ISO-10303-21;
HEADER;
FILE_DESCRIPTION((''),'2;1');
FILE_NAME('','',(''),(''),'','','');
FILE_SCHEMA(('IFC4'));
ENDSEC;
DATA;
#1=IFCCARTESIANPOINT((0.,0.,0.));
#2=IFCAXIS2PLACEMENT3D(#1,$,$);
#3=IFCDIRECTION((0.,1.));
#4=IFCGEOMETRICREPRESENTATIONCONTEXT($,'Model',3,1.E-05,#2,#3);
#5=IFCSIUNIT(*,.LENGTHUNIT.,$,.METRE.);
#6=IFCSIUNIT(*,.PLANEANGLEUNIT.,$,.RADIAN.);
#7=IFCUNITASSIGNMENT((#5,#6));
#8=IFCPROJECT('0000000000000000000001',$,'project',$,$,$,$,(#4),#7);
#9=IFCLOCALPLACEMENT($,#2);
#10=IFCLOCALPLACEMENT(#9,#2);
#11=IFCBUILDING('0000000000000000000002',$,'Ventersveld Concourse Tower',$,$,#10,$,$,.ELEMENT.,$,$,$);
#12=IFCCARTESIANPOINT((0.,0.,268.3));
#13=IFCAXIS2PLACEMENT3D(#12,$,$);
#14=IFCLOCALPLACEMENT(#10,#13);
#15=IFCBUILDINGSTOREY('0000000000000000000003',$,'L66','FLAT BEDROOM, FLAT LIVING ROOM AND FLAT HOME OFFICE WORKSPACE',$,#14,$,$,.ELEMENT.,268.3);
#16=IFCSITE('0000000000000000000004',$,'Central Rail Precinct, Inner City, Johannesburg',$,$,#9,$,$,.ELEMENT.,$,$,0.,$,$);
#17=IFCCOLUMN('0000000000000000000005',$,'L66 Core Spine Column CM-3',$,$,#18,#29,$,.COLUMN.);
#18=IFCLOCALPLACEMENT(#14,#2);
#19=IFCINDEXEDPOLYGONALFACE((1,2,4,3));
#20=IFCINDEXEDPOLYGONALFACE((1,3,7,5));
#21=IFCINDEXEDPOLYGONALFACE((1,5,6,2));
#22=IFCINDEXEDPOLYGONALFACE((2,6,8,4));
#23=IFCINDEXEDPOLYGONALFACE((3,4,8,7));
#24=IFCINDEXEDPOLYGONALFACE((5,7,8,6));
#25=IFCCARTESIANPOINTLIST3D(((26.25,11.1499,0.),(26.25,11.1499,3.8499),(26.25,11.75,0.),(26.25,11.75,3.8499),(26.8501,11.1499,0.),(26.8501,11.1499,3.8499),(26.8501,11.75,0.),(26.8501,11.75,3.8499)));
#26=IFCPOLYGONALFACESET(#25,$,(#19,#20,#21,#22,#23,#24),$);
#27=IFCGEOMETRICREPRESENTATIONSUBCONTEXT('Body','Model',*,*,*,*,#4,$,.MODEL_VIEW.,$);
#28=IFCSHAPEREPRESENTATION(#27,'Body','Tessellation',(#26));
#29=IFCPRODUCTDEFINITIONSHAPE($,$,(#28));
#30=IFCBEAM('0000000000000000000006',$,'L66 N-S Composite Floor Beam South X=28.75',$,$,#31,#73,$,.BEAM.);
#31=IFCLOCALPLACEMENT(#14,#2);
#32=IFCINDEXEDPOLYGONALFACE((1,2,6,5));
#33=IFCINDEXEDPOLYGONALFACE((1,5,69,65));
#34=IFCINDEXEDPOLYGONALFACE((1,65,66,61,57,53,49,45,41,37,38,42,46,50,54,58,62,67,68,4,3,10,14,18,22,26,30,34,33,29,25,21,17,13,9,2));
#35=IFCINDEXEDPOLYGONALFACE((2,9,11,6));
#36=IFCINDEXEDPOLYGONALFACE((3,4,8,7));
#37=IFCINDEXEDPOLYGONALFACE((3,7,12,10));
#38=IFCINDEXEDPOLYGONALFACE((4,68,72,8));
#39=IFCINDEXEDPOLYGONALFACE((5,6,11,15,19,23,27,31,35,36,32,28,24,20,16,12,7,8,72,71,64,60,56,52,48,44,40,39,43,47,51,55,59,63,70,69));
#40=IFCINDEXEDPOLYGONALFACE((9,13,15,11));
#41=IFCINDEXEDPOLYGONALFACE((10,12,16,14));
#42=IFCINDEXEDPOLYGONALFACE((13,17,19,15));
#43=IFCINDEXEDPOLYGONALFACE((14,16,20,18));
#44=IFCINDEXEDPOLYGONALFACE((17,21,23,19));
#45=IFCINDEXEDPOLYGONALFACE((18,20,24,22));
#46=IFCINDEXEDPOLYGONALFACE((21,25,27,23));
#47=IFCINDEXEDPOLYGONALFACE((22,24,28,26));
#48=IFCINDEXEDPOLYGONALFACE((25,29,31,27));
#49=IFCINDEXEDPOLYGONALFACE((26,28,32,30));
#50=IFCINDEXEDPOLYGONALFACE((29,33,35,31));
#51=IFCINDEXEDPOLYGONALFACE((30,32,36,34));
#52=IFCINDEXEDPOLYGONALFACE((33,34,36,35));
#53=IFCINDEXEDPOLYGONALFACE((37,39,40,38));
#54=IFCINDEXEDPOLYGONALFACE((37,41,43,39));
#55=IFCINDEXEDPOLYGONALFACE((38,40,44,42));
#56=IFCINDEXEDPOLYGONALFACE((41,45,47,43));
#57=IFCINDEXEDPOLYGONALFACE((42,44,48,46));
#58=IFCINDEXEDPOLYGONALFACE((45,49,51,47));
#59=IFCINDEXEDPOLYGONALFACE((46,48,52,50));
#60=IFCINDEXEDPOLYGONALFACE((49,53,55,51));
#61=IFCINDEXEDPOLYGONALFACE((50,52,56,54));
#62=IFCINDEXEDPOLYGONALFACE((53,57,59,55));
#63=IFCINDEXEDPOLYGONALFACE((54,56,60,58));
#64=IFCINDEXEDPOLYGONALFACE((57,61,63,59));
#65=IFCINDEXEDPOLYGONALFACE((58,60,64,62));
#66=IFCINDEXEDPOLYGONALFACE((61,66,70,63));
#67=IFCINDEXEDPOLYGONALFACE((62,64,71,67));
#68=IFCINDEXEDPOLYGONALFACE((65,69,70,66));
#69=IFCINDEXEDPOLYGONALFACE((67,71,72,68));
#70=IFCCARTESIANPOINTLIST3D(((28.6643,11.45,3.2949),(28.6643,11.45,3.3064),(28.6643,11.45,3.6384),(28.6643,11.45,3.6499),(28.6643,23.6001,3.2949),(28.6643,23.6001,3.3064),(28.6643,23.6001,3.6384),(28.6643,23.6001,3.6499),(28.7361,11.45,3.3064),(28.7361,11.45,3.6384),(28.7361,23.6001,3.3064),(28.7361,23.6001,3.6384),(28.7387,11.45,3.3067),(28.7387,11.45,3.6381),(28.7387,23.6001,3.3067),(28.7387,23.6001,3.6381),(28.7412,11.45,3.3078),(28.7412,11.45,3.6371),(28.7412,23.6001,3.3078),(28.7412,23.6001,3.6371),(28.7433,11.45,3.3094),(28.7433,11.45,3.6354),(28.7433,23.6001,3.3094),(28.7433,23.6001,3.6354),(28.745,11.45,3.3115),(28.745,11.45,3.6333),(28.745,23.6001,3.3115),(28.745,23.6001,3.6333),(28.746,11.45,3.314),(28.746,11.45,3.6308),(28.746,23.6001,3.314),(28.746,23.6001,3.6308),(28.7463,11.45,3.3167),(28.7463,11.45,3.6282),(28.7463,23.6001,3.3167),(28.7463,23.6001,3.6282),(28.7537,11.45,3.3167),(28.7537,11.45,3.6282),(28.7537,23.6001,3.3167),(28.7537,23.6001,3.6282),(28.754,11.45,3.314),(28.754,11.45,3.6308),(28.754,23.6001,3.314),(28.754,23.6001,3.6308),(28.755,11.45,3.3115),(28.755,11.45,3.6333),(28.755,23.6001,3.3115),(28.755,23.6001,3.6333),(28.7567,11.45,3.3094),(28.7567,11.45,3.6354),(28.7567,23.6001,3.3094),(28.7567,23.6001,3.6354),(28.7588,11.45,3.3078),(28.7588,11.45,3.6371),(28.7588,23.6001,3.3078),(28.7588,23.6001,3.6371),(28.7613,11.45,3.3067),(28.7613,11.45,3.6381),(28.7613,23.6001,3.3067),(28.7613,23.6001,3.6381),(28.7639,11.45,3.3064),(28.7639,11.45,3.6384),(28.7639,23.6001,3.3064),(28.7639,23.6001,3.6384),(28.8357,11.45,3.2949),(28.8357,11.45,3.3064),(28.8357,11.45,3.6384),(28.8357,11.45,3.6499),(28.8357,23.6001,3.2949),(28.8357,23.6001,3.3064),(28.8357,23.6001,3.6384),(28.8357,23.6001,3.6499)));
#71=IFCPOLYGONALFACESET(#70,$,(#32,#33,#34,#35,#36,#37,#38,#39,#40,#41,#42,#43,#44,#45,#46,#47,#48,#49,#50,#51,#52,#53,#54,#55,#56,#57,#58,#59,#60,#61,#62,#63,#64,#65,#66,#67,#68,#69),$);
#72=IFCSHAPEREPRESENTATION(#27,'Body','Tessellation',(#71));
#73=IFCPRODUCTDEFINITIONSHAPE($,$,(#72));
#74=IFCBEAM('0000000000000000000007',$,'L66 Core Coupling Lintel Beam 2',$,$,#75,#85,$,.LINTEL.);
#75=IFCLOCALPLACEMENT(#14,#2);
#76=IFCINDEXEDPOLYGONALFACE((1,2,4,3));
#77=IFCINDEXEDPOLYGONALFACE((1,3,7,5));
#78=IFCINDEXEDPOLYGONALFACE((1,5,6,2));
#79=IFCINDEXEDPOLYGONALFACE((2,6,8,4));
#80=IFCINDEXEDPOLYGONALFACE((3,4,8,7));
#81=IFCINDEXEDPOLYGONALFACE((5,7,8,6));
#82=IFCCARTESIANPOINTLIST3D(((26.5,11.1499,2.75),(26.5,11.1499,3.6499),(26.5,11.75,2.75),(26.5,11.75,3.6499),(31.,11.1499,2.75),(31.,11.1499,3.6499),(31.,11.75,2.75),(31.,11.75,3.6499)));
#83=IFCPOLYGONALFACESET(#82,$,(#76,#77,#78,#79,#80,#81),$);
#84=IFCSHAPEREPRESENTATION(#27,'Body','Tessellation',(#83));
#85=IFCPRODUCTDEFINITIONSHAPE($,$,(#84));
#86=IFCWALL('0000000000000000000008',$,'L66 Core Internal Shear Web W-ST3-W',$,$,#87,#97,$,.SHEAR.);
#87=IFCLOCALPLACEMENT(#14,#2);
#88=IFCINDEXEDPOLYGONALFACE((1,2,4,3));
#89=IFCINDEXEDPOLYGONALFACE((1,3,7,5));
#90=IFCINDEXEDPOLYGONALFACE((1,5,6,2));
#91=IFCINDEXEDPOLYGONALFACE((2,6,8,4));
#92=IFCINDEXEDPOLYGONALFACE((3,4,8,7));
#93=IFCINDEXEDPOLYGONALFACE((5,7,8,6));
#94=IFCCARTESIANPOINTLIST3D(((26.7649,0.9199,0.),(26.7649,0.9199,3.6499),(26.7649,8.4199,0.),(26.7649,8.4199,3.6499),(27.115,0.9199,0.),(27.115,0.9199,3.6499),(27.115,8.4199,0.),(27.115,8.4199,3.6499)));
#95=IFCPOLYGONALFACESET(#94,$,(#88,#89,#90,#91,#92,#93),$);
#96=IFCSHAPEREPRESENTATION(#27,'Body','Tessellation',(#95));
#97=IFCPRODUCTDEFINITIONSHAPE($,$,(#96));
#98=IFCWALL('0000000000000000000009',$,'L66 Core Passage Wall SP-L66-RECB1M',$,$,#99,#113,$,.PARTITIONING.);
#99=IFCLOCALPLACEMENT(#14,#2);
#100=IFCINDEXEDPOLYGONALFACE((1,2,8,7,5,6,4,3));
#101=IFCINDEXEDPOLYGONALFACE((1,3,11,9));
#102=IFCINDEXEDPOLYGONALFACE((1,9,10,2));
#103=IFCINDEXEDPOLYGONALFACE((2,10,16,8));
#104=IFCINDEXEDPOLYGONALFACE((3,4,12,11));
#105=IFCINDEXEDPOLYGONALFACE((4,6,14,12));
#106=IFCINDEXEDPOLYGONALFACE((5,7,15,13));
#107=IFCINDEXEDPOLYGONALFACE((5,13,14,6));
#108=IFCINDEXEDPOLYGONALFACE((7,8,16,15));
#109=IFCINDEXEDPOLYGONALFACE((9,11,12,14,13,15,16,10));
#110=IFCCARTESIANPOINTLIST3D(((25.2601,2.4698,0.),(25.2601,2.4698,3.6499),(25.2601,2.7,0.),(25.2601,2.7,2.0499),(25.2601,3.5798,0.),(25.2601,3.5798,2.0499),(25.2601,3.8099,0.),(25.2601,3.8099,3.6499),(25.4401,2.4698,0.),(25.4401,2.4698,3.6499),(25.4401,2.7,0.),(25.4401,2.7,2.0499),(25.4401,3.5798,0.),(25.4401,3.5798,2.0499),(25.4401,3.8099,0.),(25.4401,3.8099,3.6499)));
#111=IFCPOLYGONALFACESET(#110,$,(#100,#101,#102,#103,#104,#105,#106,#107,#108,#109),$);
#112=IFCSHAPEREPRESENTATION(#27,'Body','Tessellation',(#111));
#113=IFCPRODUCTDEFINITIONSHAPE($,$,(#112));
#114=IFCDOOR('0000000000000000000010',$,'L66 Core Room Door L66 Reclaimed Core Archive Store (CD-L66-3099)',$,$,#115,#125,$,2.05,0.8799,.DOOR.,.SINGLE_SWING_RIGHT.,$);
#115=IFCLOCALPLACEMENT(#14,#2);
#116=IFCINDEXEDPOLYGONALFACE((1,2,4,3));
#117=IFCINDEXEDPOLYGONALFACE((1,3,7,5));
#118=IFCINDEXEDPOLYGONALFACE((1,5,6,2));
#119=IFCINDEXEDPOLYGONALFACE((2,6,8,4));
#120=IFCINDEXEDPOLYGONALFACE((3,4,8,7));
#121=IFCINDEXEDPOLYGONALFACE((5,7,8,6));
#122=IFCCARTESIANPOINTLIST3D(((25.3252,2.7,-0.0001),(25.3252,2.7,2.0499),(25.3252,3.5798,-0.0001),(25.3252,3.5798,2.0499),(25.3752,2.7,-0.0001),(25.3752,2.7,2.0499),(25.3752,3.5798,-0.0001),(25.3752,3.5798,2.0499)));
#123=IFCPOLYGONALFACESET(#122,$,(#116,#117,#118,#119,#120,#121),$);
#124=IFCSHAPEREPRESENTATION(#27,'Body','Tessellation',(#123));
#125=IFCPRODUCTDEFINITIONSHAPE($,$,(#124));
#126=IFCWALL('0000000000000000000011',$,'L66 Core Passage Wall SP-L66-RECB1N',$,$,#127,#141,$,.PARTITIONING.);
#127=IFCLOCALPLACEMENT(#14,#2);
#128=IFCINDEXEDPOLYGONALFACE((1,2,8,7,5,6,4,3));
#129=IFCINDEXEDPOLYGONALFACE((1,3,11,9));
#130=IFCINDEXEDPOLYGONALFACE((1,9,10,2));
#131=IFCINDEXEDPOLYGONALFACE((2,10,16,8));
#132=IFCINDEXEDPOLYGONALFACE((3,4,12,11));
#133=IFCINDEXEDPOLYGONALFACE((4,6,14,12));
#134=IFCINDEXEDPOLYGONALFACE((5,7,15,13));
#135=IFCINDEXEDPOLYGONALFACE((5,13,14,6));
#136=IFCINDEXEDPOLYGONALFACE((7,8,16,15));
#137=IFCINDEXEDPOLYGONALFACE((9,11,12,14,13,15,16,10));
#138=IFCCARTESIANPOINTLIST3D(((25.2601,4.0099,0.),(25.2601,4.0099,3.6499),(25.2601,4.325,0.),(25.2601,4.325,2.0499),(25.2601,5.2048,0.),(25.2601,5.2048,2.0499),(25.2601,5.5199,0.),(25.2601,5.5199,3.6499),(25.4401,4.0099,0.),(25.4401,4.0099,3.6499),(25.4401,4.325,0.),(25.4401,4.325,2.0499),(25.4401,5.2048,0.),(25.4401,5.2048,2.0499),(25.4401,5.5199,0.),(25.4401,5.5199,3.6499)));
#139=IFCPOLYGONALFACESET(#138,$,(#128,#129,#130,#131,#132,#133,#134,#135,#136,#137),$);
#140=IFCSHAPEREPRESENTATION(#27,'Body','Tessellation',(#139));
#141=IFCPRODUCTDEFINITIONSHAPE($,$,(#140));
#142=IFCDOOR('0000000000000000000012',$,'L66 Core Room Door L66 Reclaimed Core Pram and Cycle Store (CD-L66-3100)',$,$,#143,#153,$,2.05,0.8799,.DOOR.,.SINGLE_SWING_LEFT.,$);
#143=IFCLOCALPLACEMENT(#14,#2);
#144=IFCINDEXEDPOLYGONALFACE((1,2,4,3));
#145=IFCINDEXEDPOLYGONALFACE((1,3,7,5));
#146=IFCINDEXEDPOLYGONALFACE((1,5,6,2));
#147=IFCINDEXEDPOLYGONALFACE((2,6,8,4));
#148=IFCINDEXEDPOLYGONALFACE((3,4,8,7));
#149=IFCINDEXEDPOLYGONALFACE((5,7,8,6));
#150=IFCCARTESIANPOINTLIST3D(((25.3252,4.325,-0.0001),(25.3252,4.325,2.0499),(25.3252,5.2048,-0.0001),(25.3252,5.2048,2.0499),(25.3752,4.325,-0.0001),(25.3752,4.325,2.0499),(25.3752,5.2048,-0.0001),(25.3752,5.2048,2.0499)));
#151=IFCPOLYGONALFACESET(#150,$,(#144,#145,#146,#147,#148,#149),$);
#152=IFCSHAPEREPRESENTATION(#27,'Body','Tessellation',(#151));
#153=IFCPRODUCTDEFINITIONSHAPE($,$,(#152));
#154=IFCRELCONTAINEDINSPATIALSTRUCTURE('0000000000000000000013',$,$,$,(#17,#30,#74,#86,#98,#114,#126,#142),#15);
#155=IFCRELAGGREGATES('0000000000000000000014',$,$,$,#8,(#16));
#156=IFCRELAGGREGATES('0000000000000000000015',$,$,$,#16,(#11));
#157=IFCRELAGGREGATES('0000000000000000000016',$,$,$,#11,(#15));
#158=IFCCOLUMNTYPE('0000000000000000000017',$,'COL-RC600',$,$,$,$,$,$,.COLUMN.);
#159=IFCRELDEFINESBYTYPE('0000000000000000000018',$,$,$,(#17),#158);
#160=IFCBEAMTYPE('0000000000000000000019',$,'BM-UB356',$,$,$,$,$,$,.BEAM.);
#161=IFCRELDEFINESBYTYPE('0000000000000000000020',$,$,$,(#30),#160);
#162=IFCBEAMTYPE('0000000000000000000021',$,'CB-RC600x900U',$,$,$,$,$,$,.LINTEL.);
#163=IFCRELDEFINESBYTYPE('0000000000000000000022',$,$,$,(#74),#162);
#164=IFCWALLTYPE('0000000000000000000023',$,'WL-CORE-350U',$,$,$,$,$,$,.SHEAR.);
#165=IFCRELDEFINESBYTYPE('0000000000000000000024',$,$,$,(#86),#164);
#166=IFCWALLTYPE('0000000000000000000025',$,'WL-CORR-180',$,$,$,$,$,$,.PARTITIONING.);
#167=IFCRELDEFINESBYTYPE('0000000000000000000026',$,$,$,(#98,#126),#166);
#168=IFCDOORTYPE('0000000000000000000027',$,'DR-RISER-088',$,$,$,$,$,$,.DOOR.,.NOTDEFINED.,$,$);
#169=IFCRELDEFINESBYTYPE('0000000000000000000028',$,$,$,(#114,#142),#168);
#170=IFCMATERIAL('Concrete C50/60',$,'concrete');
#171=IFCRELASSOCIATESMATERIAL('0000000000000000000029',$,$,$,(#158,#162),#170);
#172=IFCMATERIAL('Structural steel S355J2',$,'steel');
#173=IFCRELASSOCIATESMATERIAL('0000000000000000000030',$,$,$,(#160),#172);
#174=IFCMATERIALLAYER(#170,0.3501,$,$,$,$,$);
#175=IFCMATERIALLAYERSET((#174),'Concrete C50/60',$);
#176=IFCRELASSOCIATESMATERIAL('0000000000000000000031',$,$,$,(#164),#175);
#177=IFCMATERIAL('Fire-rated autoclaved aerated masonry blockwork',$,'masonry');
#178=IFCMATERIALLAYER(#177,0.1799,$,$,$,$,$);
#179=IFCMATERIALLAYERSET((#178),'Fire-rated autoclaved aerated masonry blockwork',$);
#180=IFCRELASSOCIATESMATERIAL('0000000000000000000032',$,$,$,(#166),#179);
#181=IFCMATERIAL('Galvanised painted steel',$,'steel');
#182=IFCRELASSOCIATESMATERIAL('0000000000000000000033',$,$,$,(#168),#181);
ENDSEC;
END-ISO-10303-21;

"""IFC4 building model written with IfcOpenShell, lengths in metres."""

from ifc_helpers import new_model, si_unit, direction, frame, frame_2d, origin, origin_2d, place, context, subcontext, project, spatial, rectangle, i_section, extrude, material, layer, layer_set, material_profile, profile_set, type_object, element, fill, save


model = new_model("IFC4")

# Units and contexts
model_context = context("Model", 3, precision=1e-05, world=origin(), true_north=direction((0.0, 1.0)))
body_context = subcontext(model_context, "Body", "Model", "MODEL_VIEW")
ifc_project = project(units=[si_unit("LENGTHUNIT", "METRE"), si_unit("PLANEANGLEUNIT", "RADIAN")], contexts=[model_context])

# Site, building, storey
site_placement = place(None, origin())
site = spatial("IfcSite", under=ifc_project, at=site_placement, Name="Central Rail Precinct, Inner City, Johannesburg", CompositionType="ELEMENT", RefElevation=0.0)
building_placement = place(site_placement, origin())
building = spatial("IfcBuilding", under=site, at=building_placement, Name="Ventersveld Concourse Tower", CompositionType="ELEMENT")
storey_placement = place(building_placement, frame((0.0, 0.0, 268.3)))
storey = spatial("IfcBuildingStorey", under=building, at=storey_placement, Name="L66", Description="FLAT BEDROOM, FLAT LIVING ROOM AND FLAT HOME OFFICE WORKSPACE", CompositionType="ELEMENT", Elevation=268.3)

# Column
ifc_material_1 = material(Name="Concrete C50/60", Category="concrete")
ifc_material_profile_1 = material_profile(ifc_material_1, rectangle(XDim=0.6001, YDim=0.6001, at=origin_2d()), Name="RC 600x600")
ifc_profile_set_1 = profile_set([ifc_material_profile_1], Name="Concrete C50/60")
column_type = type_object("IfcColumnType", Name="COL-RC600", PredefinedType="COLUMN", material=ifc_profile_set_1)
column_placement = place(storey_placement, frame((26.55, 11.45, 0.0), z_axis=(0.0, 0.0, 1.0), x_axis=(1.0, 0.0, 0.0)))
element("IfcColumn", 1, at=column_placement, inside=storey, type_object=column_type, Name="L66 Core Spine Column CM-3", PredefinedType="COLUMN", context=body_context, shape_type="SweptSolid", body=[
    extrude(rectangle(XDim=0.6001, YDim=0.6001, at=origin_2d()), origin(), (0.0, 0.0, 1.0), 3.8499),
])

# Beams
ifc_material_2 = material(Name="Structural steel S355J2", Category="steel")
ifc_material_profile_2 = material_profile(ifc_material_2, i_section(OverallWidth=0.1714, OverallDepth=0.355, WebThickness=0.0073, FlangeThickness=0.0115, FilletRadius=0.0103, at=origin_2d()), Name="UB 356x171x51")
ifc_profile_set_2 = profile_set([ifc_material_profile_2], Name="Structural steel S355J2")
beam_type_1 = type_object("IfcBeamType", Name="BM-UB356", PredefinedType="BEAM", material=ifc_profile_set_2)
beam_1_placement = place(storey_placement, frame((28.75, 11.45, 3.4724), z_axis=(0.0, 1.0, 0.0), x_axis=(-1.0, 0.0, 0.0)))
element("IfcBeam", 2, at=beam_1_placement, inside=storey, type_object=beam_type_1, Name="L66 N-S Composite Floor Beam South X=28.75", PredefinedType="BEAM", context=body_context, shape_type="SweptSolid", body=[
    extrude(i_section(OverallWidth=0.1714, OverallDepth=0.355, WebThickness=0.0073, FlangeThickness=0.0115, FilletRadius=0.0103, at=origin_2d()), origin(), (0.0, 0.0, 1.0), 12.1501),
])
ifc_material_profile_3 = material_profile(ifc_material_1, rectangle(XDim=0.6001, YDim=0.8999, at=origin_2d()), Name="RC 600x900")
ifc_profile_set_3 = profile_set([ifc_material_profile_3], Name="Concrete C50/60")
beam_type_2 = type_object("IfcBeamType", Name="CB-RC600x900U", PredefinedType="LINTEL", material=ifc_profile_set_3)
beam_2_placement = place(storey_placement, frame((26.5, 11.45, 3.2), z_axis=(1.0, 0.0, 0.0), x_axis=(0.0, 1.0, 0.0)))
element("IfcBeam", 3, at=beam_2_placement, inside=storey, type_object=beam_type_2, Name="L66 Core Coupling Lintel Beam 2", PredefinedType="LINTEL", context=body_context, shape_type="SweptSolid", body=[
    extrude(rectangle(XDim=0.6001, YDim=0.8999, at=origin_2d()), origin(), (0.0, 0.0, 1.0), 4.5),
])

# Wall
ifc_layer_1 = layer(ifc_material_1, 0.3501)
ifc_layer_set_1 = layer_set([ifc_layer_1], Name="Concrete C50/60")
wall_type_1 = type_object("IfcWallType", Name="WL-CORE-350U", PredefinedType="SHEAR", material=ifc_layer_set_1)
wall_1_placement = place(storey_placement, frame((26.9399, 0.9199, 0.0), z_axis=(0.0, 0.0, 1.0), x_axis=(0.0, 1.0, 0.0)))
element("IfcWall", 4, at=wall_1_placement, inside=storey, type_object=wall_type_1, Name="L66 Core Internal Shear Web W-ST3-W", PredefinedType="SHEAR", context=body_context, shape_type="SweptSolid", body=[
    extrude(rectangle(XDim=7.5, YDim=0.3501, at=frame_2d((3.75, 0.0))), origin(), (0.0, 0.0, 1.0), 3.6499),
])

# Walls, openings, doors
ifc_material_3 = material(Name="Fire-rated autoclaved aerated masonry blockwork", Category="masonry")
ifc_layer_2 = layer(ifc_material_3, 0.1799)
ifc_layer_set_2 = layer_set([ifc_layer_2], Name="Fire-rated autoclaved aerated masonry blockwork")
wall_type_2 = type_object("IfcWallType", Name="WL-CORR-180", PredefinedType="PARTITIONING", material=ifc_layer_set_2)
wall_2_placement = place(storey_placement, frame((25.3501, 2.47, 0.0), z_axis=(0.0, 0.0, 1.0), x_axis=(0.0, 1.0, 0.0)))
wall_2 = element("IfcWall", 5, at=wall_2_placement, inside=storey, type_object=wall_type_2, Name="L66 Core Passage Wall SP-L66-RECB1M", PredefinedType="PARTITIONING", context=body_context, shape_type="SweptSolid", body=[
    extrude(rectangle(XDim=1.3401, YDim=0.1799, at=frame_2d((0.6699, 0.0))), origin(), (0.0, 0.0, 1.0), 3.6499),
])
opening_1_placement = place(wall_2_placement, frame((0.23, 0.0, 0.0)))
opening_1 = element("IfcOpeningElement", 6, at=opening_1_placement, cuts=wall_2, PredefinedType="OPENING", context=body_context, shape_type="SweptSolid", body=[
    extrude(rectangle(XDim=0.8799, YDim=2.05, at=frame_2d((0.4399, 1.0249))), frame((0.0, 0.1001, 0.0), z_axis=(0.0, -1.0, 0.0), x_axis=(1.0, 0.0, 0.0)), (0.0, 0.0, 1.0), 0.2),
])
ifc_material_4 = material(Name="Galvanised painted steel", Category="steel")
door_type_1 = type_object("IfcDoorType", Name="DR-RISER-088", OperationType="NOTDEFINED", PredefinedType="DOOR", material=ifc_material_4)
door_1_placement = place(opening_1_placement, origin())
door_1 = element("IfcDoor", 7, at=door_1_placement, inside=storey, type_object=door_type_1, Name="L66 Core Room Door L66 Reclaimed Core Archive Store (CD-L66-3099)", OperationType="SINGLE_SWING_RIGHT", OverallHeight=2.05, OverallWidth=0.8799, PredefinedType="DOOR", context=body_context, shape_type="SweptSolid", body=[
    extrude(rectangle(XDim=0.8799, YDim=2.05, at=frame_2d((0.4399, 1.0249))), frame((0.0, 0.0249, 0.0), z_axis=(0.0, -1.0, 0.0), x_axis=(1.0, 0.0, 0.0)), (0.0, 0.0, 1.0), 0.05),
])
fill(opening_1, door_1)
wall_3_placement = place(storey_placement, frame((25.3501, 4.01, 0.0), z_axis=(0.0, 0.0, 1.0), x_axis=(0.0, 1.0, 0.0)))
wall_3 = element("IfcWall", 8, at=wall_3_placement, inside=storey, type_object=wall_type_2, Name="L66 Core Passage Wall SP-L66-RECB1N", PredefinedType="PARTITIONING", context=body_context, shape_type="SweptSolid", body=[
    extrude(rectangle(XDim=1.51, YDim=0.1799, at=frame_2d((0.7549, 0.0))), origin(), (0.0, 0.0, 1.0), 3.6499),
])
opening_2_placement = place(wall_3_placement, frame((0.3149, 0.0, 0.0)))
opening_2 = element("IfcOpeningElement", 9, at=opening_2_placement, cuts=wall_3, PredefinedType="OPENING", context=body_context, shape_type="SweptSolid", body=[
    extrude(rectangle(XDim=0.8799, YDim=2.05, at=frame_2d((0.4399, 1.0249))), frame((0.0, 0.1001, 0.0), z_axis=(0.0, -1.0, 0.0), x_axis=(1.0, 0.0, 0.0)), (0.0, 0.0, 1.0), 0.2),
])
door_2_placement = place(opening_2_placement, origin())
door_2 = element("IfcDoor", 10, at=door_2_placement, inside=storey, type_object=door_type_1, Name="L66 Core Room Door L66 Reclaimed Core Pram and Cycle Store (CD-L66-3100)", OperationType="SINGLE_SWING_LEFT", OverallHeight=2.05, OverallWidth=0.8799, PredefinedType="DOOR", context=body_context, shape_type="SweptSolid", body=[
    extrude(rectangle(XDim=0.8799, YDim=2.05, at=frame_2d((0.4399, 1.0249))), frame((0.0, 0.0249, 0.0), z_axis=(0.0, -1.0, 0.0), x_axis=(1.0, 0.0, 0.0)), (0.0, 0.0, 1.0), 0.05),
])
fill(opening_2, door_2)

save(model, "model.ifc")
